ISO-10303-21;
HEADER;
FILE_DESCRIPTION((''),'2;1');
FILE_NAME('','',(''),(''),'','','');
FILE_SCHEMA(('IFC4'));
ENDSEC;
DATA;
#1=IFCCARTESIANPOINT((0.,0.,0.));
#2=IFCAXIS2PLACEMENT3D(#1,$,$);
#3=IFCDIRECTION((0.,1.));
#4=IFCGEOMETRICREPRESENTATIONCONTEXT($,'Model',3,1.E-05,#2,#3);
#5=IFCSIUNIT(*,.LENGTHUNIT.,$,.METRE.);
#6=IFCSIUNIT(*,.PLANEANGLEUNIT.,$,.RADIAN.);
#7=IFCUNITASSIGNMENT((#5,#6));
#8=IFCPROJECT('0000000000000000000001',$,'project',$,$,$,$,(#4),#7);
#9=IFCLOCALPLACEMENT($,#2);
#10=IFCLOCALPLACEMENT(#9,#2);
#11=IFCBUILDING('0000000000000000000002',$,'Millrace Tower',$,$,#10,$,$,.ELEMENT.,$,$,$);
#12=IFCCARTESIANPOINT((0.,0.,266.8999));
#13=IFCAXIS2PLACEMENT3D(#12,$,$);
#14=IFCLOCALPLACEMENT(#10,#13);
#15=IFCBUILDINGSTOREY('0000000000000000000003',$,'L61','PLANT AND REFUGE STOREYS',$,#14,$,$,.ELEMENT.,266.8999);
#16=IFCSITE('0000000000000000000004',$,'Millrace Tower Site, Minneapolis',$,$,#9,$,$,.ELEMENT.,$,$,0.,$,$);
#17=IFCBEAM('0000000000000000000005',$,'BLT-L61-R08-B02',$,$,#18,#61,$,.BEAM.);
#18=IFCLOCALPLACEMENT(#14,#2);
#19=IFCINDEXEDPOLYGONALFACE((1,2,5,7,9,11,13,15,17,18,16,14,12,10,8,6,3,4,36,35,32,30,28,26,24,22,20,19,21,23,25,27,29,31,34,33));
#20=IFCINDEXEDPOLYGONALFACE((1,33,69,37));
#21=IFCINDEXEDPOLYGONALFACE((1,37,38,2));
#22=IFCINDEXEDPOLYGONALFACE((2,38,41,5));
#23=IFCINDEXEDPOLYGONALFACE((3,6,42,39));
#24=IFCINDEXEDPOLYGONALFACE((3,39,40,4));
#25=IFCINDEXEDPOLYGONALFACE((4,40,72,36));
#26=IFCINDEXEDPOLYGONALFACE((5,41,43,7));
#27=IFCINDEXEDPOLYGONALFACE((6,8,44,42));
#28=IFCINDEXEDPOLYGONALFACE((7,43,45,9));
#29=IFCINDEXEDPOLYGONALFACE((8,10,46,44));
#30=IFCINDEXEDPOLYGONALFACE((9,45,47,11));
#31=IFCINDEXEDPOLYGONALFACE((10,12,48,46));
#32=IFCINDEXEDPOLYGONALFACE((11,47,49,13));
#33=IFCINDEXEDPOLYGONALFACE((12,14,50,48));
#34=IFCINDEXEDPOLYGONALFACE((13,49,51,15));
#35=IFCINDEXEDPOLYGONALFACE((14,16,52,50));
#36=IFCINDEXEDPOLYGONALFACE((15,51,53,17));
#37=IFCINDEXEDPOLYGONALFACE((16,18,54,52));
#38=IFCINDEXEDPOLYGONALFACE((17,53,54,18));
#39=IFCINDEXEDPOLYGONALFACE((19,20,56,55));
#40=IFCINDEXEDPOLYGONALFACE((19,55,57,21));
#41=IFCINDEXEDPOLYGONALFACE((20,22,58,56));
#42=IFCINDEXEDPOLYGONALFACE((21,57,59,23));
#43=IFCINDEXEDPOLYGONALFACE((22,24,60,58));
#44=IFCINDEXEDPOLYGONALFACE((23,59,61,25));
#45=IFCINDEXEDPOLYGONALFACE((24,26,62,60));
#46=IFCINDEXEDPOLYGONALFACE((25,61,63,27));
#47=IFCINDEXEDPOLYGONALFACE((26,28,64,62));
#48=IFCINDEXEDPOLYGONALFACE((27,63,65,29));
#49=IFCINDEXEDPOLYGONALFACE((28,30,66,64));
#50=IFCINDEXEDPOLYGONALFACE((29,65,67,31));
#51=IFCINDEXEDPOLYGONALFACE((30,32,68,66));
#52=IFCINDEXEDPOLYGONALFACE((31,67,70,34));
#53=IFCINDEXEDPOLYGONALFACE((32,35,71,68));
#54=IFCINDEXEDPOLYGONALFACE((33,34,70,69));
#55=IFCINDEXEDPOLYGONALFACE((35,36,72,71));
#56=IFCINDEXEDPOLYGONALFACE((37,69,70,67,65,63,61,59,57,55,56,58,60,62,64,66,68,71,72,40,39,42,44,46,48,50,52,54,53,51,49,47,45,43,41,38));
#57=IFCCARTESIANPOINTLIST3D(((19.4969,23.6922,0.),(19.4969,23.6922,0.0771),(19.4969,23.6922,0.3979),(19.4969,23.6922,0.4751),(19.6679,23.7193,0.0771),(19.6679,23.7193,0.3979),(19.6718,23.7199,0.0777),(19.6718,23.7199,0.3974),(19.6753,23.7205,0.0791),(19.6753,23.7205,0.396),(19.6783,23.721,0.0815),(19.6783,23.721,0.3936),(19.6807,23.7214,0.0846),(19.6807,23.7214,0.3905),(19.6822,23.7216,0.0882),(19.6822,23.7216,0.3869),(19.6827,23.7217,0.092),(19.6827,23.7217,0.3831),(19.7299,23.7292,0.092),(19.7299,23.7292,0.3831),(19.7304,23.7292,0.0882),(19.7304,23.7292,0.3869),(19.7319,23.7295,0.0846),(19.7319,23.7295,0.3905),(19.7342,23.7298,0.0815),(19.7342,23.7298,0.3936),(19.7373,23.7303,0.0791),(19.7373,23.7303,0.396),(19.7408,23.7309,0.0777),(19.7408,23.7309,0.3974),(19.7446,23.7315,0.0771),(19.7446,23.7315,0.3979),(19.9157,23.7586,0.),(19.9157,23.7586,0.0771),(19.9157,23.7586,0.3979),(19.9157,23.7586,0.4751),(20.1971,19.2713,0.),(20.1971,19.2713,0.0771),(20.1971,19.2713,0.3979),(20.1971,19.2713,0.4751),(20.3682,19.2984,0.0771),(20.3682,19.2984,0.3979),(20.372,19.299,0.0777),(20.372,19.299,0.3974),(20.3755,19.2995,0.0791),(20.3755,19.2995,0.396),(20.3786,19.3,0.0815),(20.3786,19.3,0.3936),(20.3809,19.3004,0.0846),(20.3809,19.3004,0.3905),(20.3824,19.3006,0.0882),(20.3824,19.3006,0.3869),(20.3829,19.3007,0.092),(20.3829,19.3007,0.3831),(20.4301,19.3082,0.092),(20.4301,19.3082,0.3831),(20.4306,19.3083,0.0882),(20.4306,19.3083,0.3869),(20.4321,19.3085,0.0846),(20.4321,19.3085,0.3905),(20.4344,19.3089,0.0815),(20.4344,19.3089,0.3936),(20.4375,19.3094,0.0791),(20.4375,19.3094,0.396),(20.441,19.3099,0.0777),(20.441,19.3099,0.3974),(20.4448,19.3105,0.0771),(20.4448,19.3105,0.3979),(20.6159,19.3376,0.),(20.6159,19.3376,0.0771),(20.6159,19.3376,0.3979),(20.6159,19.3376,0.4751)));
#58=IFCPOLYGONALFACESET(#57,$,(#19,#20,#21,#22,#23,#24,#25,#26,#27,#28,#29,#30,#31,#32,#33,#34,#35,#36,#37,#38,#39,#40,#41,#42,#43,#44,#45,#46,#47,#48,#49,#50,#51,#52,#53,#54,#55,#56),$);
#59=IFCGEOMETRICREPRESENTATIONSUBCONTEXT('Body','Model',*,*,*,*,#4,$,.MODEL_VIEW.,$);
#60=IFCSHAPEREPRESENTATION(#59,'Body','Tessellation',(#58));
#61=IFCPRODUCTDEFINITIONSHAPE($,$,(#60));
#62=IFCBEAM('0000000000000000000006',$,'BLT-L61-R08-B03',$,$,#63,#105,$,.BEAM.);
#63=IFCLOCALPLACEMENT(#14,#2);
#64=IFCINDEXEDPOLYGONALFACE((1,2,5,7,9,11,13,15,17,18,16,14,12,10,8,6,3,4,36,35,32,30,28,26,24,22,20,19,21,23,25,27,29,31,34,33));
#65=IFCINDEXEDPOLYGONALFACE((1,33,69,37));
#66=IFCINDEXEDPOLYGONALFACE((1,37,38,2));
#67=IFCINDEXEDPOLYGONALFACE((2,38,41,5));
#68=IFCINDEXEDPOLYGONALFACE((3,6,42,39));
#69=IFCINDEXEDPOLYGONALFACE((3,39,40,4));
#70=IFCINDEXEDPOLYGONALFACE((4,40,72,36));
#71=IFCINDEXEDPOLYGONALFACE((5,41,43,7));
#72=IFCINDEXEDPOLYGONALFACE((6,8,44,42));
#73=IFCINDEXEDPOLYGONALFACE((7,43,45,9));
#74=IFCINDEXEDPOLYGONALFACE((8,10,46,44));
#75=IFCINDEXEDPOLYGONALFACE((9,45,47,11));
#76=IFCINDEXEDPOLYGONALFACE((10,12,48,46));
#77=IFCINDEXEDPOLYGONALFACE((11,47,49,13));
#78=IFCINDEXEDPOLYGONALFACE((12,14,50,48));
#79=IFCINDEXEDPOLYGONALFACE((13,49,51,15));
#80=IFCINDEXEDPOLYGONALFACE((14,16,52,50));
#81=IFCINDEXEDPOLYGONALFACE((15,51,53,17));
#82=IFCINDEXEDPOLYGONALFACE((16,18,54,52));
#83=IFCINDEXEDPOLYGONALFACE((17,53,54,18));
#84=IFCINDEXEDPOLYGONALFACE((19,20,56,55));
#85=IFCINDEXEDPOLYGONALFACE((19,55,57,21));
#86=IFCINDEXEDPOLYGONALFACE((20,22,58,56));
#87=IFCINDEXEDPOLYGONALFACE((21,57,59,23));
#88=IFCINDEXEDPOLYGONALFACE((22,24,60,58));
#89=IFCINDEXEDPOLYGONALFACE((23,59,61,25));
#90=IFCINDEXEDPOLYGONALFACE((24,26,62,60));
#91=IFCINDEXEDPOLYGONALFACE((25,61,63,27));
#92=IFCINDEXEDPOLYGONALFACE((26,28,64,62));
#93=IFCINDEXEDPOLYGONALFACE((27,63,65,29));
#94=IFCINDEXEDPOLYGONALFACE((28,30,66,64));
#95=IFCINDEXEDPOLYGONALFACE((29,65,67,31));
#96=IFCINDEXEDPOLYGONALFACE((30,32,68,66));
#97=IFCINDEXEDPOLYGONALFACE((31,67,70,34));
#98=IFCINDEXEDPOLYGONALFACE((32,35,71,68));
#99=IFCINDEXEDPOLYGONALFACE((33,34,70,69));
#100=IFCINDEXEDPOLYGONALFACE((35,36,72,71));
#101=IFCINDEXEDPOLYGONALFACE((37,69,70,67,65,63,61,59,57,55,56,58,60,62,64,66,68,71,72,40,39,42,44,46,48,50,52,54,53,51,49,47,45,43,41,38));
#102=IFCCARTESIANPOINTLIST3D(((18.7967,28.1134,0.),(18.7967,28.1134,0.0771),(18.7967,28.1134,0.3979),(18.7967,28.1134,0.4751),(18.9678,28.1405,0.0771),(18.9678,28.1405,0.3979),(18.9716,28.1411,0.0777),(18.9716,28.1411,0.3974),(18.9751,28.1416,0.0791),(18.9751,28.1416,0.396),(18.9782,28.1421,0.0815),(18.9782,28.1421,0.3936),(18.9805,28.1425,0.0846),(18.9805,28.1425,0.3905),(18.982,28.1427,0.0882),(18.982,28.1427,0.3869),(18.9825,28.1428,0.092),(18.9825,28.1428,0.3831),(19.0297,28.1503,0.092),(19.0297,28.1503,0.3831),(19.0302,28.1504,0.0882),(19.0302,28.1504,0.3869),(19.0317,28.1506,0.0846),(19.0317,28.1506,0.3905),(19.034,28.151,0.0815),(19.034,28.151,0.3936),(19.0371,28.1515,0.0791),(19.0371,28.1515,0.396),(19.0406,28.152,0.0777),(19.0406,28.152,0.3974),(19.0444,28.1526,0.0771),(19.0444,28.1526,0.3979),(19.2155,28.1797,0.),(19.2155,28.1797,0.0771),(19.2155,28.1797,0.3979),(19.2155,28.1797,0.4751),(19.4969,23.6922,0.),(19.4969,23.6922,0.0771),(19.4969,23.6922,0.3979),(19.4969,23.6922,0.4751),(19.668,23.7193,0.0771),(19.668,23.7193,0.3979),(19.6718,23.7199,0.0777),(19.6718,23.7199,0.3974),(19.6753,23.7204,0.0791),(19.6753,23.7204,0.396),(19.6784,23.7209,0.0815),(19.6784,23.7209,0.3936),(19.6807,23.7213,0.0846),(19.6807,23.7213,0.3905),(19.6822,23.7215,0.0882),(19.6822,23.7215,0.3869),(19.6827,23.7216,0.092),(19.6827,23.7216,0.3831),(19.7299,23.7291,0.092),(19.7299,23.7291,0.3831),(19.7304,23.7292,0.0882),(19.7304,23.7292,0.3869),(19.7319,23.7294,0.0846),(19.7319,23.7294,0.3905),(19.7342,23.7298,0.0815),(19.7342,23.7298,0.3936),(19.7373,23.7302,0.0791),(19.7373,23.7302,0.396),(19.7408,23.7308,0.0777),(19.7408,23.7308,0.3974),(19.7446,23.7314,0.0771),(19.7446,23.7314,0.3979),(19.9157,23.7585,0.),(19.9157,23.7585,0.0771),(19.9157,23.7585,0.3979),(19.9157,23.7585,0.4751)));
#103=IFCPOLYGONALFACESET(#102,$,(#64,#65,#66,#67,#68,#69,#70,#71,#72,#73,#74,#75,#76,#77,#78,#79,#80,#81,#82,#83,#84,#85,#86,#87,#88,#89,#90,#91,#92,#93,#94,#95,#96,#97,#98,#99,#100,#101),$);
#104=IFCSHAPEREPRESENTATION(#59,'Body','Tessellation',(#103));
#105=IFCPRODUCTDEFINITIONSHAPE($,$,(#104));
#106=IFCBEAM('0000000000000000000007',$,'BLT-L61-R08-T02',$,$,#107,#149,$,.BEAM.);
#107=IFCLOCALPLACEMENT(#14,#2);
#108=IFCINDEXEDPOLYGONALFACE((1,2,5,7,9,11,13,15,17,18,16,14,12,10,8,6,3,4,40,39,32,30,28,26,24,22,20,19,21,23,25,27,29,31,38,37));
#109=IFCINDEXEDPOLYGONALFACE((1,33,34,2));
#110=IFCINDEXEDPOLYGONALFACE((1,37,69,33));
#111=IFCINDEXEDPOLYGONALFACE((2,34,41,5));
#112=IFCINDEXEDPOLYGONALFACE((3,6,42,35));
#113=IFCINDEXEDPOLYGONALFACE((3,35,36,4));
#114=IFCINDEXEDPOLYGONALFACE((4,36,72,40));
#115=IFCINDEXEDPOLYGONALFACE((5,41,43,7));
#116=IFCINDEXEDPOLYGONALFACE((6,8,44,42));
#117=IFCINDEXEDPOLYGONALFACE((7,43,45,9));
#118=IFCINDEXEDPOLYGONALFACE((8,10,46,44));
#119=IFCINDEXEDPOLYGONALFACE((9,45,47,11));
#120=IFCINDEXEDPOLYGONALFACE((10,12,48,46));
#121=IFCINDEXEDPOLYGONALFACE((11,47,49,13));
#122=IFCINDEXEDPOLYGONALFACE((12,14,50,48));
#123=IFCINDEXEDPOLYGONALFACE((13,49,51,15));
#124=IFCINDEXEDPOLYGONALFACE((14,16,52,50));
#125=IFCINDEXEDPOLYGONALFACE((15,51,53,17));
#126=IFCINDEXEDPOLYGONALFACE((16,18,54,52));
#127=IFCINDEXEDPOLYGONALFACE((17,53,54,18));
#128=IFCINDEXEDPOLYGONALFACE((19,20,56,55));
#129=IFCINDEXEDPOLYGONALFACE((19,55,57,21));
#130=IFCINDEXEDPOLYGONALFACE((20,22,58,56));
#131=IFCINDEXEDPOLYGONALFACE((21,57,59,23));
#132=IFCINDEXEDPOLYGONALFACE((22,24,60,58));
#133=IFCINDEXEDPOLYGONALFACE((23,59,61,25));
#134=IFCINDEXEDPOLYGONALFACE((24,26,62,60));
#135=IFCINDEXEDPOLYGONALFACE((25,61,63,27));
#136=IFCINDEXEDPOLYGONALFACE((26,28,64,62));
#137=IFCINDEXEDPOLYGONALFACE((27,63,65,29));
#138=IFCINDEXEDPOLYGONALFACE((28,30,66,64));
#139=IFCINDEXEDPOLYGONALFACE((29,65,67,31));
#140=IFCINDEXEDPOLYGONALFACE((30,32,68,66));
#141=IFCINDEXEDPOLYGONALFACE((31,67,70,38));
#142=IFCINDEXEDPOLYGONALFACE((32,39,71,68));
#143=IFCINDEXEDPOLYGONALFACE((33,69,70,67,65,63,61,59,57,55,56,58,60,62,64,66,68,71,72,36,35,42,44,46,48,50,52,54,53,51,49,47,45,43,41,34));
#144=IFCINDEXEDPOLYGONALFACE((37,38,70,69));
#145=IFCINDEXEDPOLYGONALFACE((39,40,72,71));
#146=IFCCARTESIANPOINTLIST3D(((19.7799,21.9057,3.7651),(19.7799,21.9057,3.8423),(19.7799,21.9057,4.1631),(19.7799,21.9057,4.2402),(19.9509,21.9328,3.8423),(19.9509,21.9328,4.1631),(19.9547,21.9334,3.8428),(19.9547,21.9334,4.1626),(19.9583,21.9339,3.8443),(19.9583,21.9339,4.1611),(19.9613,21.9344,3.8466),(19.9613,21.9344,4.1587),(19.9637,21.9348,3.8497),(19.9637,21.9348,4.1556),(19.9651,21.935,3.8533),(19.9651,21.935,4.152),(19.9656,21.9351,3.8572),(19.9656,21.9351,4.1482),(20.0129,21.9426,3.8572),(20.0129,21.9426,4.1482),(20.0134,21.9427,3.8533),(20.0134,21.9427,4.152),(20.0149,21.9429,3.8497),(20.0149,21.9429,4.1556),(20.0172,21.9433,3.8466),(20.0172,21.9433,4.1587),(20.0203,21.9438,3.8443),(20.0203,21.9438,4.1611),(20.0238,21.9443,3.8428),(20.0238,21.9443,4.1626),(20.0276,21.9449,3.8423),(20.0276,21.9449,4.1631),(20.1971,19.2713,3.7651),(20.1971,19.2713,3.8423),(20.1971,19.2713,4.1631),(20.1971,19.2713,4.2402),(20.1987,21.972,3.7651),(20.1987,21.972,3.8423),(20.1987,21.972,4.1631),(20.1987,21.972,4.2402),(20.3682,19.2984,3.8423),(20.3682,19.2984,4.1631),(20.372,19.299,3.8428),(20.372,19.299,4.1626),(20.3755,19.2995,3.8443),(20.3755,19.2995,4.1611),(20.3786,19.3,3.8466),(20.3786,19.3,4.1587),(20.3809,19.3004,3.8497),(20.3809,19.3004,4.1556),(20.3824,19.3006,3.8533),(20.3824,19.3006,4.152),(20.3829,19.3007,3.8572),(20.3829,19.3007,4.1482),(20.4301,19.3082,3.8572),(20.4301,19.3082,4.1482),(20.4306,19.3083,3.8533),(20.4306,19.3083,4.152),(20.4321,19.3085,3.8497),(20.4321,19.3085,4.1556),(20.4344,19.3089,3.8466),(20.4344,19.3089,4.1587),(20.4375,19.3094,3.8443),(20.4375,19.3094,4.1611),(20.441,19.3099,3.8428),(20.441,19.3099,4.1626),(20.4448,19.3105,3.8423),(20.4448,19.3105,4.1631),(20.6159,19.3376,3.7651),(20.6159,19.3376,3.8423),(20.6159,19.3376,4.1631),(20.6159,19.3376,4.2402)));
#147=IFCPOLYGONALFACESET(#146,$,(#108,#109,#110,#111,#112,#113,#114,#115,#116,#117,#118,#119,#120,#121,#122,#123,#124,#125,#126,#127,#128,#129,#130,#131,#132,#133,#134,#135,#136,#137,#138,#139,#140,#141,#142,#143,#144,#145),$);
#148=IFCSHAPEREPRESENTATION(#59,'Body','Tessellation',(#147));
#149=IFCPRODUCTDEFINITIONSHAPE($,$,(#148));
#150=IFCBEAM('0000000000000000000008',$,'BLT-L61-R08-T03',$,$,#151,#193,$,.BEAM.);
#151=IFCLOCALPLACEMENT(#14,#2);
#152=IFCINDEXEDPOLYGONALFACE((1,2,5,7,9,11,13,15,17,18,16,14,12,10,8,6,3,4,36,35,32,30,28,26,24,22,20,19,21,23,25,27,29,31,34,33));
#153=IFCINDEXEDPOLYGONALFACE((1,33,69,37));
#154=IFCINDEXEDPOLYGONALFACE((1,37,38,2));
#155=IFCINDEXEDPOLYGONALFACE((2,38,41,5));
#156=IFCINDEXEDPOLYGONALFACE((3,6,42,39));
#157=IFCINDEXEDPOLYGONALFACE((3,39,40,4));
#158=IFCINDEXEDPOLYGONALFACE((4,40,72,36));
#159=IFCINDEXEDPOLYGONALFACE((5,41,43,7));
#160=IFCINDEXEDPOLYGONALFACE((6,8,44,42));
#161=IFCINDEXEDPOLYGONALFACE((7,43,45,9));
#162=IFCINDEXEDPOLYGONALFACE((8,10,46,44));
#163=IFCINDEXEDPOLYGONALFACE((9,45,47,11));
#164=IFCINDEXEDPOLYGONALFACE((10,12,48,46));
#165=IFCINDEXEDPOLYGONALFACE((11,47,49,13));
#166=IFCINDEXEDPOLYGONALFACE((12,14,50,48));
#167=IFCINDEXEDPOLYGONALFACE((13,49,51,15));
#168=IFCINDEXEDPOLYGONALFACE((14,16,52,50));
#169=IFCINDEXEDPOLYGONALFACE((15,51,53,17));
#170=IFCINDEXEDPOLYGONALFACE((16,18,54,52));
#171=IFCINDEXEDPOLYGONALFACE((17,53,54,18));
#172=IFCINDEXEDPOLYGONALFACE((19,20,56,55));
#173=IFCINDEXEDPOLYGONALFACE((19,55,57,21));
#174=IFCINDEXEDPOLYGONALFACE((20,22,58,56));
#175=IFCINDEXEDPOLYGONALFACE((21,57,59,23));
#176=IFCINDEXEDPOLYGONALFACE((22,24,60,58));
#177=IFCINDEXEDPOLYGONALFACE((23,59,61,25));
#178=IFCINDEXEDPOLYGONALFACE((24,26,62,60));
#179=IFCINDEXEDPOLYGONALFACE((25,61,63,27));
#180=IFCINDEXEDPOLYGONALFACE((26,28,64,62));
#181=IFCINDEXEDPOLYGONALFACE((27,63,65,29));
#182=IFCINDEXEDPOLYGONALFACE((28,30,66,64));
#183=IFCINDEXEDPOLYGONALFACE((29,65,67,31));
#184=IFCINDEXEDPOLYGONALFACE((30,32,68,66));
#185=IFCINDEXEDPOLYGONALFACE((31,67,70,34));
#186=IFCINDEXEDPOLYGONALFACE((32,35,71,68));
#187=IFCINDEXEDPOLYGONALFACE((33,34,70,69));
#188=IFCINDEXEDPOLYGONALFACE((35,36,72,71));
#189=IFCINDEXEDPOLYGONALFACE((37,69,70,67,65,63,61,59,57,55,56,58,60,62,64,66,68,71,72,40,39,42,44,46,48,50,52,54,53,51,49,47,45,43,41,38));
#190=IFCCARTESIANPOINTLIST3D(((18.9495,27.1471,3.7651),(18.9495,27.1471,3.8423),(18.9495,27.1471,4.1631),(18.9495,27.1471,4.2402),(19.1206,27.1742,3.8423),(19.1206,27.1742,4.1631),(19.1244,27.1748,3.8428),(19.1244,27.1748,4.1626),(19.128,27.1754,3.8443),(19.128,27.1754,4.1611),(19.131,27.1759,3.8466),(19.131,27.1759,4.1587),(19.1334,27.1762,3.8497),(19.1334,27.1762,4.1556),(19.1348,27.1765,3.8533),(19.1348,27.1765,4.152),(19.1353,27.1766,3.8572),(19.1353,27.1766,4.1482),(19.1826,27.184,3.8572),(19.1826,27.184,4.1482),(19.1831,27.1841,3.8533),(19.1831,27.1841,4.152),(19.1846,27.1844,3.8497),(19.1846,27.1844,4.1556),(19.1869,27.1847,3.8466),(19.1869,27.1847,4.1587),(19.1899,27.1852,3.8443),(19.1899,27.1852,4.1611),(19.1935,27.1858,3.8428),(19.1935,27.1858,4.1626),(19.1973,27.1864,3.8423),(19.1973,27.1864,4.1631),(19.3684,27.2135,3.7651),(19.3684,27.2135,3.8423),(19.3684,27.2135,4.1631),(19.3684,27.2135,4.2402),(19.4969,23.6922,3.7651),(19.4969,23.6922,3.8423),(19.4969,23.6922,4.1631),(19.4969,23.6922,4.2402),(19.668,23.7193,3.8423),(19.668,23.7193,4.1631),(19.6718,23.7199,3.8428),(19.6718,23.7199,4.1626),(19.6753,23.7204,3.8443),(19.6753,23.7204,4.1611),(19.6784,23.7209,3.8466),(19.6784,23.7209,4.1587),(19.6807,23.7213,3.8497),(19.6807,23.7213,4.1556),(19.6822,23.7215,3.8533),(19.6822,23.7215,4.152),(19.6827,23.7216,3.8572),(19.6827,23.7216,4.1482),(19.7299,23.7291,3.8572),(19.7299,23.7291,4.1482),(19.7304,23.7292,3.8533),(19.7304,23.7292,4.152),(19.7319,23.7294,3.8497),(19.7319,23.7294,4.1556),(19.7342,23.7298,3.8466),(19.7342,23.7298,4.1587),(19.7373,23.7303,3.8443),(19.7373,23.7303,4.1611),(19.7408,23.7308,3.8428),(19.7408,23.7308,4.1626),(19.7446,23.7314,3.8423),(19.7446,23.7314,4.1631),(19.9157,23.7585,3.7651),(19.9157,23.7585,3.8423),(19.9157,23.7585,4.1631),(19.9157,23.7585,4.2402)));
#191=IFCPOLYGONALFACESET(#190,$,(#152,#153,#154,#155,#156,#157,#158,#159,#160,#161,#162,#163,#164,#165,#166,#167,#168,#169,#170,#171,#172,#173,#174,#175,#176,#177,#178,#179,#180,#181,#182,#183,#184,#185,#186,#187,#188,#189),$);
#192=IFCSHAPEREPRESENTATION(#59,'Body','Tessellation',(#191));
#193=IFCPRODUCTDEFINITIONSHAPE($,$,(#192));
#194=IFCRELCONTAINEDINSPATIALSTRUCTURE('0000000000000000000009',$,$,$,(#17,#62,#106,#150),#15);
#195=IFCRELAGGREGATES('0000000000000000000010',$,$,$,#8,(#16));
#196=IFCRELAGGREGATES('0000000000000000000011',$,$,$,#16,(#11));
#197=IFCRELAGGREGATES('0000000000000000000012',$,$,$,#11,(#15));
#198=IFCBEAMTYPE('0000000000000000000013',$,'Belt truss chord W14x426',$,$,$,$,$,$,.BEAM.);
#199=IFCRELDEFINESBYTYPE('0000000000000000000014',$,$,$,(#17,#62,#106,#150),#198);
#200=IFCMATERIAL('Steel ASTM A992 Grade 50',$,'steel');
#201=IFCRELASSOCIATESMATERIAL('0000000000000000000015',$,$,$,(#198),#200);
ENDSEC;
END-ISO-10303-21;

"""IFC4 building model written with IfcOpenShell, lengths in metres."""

from ifc_helpers import new_model, si_unit, direction, frame, origin, origin_2d, place, context, subcontext, project, spatial, i_section, extrude, material, material_profile, profile_set, type_object, element, save


model = new_model("IFC4")

# Units and contexts
model_context = context("Model", 3, precision=1e-05, world=origin(), true_north=direction((0.0, 1.0)))
body_context = subcontext(model_context, "Body", "Model", "MODEL_VIEW")
ifc_project = project(units=[si_unit("LENGTHUNIT", "METRE"), si_unit("PLANEANGLEUNIT", "RADIAN")], contexts=[model_context])

# Site, building, storey
site_placement = place(None, origin())
site = spatial("IfcSite", under=ifc_project, at=site_placement, Name="Millrace Tower Site, Minneapolis", CompositionType="ELEMENT", RefElevation=0.0)
building_placement = place(site_placement, origin())
building = spatial("IfcBuilding", under=site, at=building_placement, Name="Millrace Tower", CompositionType="ELEMENT")
storey_placement = place(building_placement, frame((0.0, 0.0, 266.8999)))
storey = spatial("IfcBuildingStorey", under=building, at=storey_placement, Name="L61", Description="PLANT AND REFUGE STOREYS", CompositionType="ELEMENT", Elevation=266.8999)

# Beams
ifc_material_1 = material(Name="Steel ASTM A992 Grade 50", Category="steel")
ifc_material_profile_1 = material_profile(ifc_material_1, i_section(OverallWidth=0.4241, OverallDepth=0.4751, WebThickness=0.0479, FlangeThickness=0.0771, FilletRadius=0.0149, at=origin_2d()))
ifc_profile_set_1 = profile_set([ifc_material_profile_1], Name="Steel ASTM A992 Grade 50")
beam_type_1 = type_object("IfcBeamType", Name="Belt truss chord W14x426", PredefinedType="BEAM", material=ifc_profile_set_1)
beam_1_placement = place(storey_placement, frame((20.4065, 19.3044, 0.2375), z_axis=(-0.156433, 0.987689, 0.0), x_axis=(-0.987689, -0.156433, 0.0)))
element("IfcBeam", 1, at=beam_1_placement, inside=storey, type_object=beam_type_1, Name="BLT-L61-R08-B02", PredefinedType="BEAM", context=body_context, shape_type="SweptSolid", body=[
    extrude(i_section(OverallWidth=0.4241, OverallDepth=0.4751, WebThickness=0.0479, FlangeThickness=0.0771, FilletRadius=0.0149, at=origin_2d()), origin(), (0.0, 0.0, 1.0), 4.4761),
])
beam_2_placement = place(storey_placement, frame((19.7063, 23.7253, 0.2375), z_axis=(-0.156425, 0.98769, 0.0), x_axis=(-0.98769, -0.156425, 0.0)))
element("IfcBeam", 2, at=beam_2_placement, inside=storey, type_object=beam_type_1, Name="BLT-L61-R08-B03", PredefinedType="BEAM", context=body_context, shape_type="SweptSolid", body=[
    extrude(i_section(OverallWidth=0.4241, OverallDepth=0.4751, WebThickness=0.0479, FlangeThickness=0.0771, FilletRadius=0.0149, at=origin_2d()), origin(), (0.0, 0.0, 1.0), 4.4763),
])
beam_3_placement = place(storey_placement, frame((20.4065, 19.3044, 4.0027), z_axis=(-0.156423, 0.98769, 0.0), x_axis=(-0.98769, -0.156423, 0.0)))
element("IfcBeam", 3, at=beam_3_placement, inside=storey, type_object=beam_type_1, Name="BLT-L61-R08-T02", PredefinedType="BEAM", context=body_context, shape_type="SweptSolid", body=[
    extrude(i_section(OverallWidth=0.4241, OverallDepth=0.4751, WebThickness=0.0479, FlangeThickness=0.0771, FilletRadius=0.0149, at=origin_2d()), origin(), (0.0, 0.0, 1.0), 2.6672),
])
beam_4_placement = place(storey_placement, frame((19.7063, 23.7253, 4.0027), z_axis=(-0.156471, 0.987682, 0.0), x_axis=(-0.987682, -0.156471, 0.0)))
element("IfcBeam", 4, at=beam_4_placement, inside=storey, type_object=beam_type_1, Name="BLT-L61-R08-T03", PredefinedType="BEAM", context=body_context, shape_type="SweptSolid", body=[
    extrude(i_section(OverallWidth=0.4241, OverallDepth=0.4751, WebThickness=0.0479, FlangeThickness=0.0771, FilletRadius=0.0149, at=origin_2d()), origin(), (0.0, 0.0, 1.0), 3.498),
])

save(model, "model.ifc")
